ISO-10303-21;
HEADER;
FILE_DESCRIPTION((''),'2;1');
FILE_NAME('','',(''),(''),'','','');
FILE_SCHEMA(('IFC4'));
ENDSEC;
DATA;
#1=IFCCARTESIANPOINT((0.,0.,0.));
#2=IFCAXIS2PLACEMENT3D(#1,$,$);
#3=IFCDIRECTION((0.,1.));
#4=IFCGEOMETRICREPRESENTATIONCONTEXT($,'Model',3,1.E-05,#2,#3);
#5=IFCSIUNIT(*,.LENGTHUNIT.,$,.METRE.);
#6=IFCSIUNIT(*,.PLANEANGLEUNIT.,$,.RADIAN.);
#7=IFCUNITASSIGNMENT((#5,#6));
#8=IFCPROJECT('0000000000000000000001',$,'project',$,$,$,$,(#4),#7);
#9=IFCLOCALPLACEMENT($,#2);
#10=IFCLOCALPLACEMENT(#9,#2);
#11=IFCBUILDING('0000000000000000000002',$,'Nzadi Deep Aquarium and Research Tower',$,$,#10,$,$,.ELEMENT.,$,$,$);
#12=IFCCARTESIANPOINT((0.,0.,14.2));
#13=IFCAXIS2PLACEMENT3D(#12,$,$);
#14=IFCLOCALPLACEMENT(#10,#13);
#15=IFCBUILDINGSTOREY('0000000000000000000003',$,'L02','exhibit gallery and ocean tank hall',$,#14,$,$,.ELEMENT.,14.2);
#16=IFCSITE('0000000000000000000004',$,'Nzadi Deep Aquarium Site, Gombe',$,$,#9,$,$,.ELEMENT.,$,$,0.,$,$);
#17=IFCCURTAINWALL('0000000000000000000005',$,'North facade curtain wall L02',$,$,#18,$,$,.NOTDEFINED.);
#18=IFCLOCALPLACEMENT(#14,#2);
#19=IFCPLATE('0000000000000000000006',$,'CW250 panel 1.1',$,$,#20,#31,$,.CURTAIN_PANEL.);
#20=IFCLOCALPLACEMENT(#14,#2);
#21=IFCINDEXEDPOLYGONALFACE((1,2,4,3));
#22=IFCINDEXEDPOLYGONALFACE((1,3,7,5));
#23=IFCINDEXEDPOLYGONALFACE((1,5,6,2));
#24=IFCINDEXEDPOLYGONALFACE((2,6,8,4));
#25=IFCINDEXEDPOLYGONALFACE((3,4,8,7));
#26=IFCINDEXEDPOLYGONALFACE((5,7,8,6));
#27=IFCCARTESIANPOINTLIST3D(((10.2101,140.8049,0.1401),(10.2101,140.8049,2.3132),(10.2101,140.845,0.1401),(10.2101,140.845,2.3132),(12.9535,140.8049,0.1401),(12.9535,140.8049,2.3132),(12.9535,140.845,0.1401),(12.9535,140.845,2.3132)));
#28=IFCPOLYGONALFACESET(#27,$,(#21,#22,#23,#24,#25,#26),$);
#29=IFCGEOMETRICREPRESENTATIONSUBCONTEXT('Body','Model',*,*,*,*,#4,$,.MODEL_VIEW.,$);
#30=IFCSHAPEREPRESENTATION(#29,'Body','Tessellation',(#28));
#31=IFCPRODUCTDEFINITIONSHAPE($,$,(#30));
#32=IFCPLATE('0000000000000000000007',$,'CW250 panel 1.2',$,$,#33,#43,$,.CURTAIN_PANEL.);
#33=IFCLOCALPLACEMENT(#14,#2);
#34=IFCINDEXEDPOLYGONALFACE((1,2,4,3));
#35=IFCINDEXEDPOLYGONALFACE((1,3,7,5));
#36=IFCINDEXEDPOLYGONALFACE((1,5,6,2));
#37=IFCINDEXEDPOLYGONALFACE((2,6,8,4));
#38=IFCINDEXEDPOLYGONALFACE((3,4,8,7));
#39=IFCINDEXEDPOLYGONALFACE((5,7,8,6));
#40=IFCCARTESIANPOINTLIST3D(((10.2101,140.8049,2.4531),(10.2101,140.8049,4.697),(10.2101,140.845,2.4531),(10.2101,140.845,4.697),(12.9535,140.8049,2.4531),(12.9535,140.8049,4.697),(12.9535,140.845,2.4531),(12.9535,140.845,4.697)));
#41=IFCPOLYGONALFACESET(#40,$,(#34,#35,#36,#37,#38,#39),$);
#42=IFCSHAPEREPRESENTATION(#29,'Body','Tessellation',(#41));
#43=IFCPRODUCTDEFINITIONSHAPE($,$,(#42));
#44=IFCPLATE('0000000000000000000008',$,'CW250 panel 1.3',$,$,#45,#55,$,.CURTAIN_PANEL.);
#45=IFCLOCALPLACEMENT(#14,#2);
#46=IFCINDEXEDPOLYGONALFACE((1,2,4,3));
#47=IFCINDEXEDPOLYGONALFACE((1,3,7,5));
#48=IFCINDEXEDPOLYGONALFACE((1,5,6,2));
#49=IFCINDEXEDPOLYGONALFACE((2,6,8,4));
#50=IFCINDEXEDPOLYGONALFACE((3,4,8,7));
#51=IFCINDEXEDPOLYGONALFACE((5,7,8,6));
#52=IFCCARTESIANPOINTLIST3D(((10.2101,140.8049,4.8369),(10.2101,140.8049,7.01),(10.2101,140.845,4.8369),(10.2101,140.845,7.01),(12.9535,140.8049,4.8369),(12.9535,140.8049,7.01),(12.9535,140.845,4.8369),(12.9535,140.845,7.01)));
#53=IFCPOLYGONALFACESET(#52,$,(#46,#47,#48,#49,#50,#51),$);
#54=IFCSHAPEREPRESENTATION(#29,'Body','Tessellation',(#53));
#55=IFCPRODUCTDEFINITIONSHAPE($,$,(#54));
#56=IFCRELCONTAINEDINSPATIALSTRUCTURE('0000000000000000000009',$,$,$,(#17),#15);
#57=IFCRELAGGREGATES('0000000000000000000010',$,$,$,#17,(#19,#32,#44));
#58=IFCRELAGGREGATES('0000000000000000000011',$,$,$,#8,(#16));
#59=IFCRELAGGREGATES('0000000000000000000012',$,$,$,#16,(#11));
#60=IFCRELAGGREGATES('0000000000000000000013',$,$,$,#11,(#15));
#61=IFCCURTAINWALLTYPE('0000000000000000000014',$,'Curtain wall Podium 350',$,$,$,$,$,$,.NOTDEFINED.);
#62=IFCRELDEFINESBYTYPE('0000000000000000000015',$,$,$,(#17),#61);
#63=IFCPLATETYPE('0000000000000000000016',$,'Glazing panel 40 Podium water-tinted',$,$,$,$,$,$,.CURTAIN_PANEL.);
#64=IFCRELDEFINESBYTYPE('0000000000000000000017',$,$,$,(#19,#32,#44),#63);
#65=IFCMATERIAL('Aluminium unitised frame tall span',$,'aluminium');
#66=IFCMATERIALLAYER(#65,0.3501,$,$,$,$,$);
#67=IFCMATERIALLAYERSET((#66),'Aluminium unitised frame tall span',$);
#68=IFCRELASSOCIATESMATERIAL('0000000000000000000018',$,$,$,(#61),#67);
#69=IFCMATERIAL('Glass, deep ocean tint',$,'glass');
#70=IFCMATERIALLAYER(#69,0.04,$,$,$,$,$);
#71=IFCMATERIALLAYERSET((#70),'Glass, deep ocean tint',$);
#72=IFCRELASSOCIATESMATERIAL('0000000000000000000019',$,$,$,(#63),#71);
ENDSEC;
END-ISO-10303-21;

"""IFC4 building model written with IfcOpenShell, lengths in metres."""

from ifc_helpers import new_model, si_unit, direction, frame, origin, origin_2d, place, context, subcontext, project, spatial, rectangle, extrude, material, layer, layer_set, type_object, element, aggregate, save


model = new_model("IFC4")

# Units and contexts
model_context = context("Model", 3, precision=1e-05, world=origin(), true_north=direction((0.0, 1.0)))
body_context = subcontext(model_context, "Body", "Model", "MODEL_VIEW")
ifc_project = project(units=[si_unit("LENGTHUNIT", "METRE"), si_unit("PLANEANGLEUNIT", "RADIAN")], contexts=[model_context])

# Site, building, storey
site_placement = place(None, origin())
site = spatial("IfcSite", under=ifc_project, at=site_placement, Name="Nzadi Deep Aquarium Site, Gombe", CompositionType="ELEMENT", RefElevation=0.0)
building_placement = place(site_placement, origin())
building = spatial("IfcBuilding", under=site, at=building_placement, Name="Nzadi Deep Aquarium and Research Tower", CompositionType="ELEMENT")
storey_placement = place(building_placement, frame((0.0, 0.0, 14.2)))
storey = spatial("IfcBuildingStorey", under=building, at=storey_placement, Name="L02", Description="exhibit gallery and ocean tank hall", CompositionType="ELEMENT", Elevation=14.2)

# Curtain wall
ifc_material_1 = material(Name="Aluminium unitised frame tall span", Category="aluminium")
ifc_layer_1 = layer(ifc_material_1, 0.3501)
ifc_layer_set_1 = layer_set([ifc_layer_1], Name="Aluminium unitised frame tall span")
curtain_wall_type = type_object("IfcCurtainWallType", Name="Curtain wall Podium 350", PredefinedType="NOTDEFINED", material=ifc_layer_set_1)
curtain_wall_1_placement = place(storey_placement, origin())
curtain_wall_1 = element("IfcCurtainWall", 1, at=curtain_wall_1_placement, inside=storey, type_object=curtain_wall_type, Name="North facade curtain wall L02", PredefinedType="NOTDEFINED")

# Plates
ifc_material_2 = material(Name="Glass, deep ocean tint", Category="glass")
ifc_layer_2 = layer(ifc_material_2, 0.04)
ifc_layer_set_2 = layer_set([ifc_layer_2], Name="Glass, deep ocean tint")
plate_type = type_object("IfcPlateType", Name="Glazing panel 40 Podium water-tinted", PredefinedType="CURTAIN_PANEL", material=ifc_layer_set_2)
plate_1_placement = place(storey_placement, frame((11.5818, 140.825, 0.1401), z_axis=(0.0, 0.0, 1.0), x_axis=(1.0, 0.0, 0.0)))
plate_1 = element("IfcPlate", 2, at=plate_1_placement, type_object=plate_type, Name="CW250 panel 1.1", PredefinedType="CURTAIN_PANEL", context=body_context, shape_type="SweptSolid", body=[
    extrude(rectangle(XDim=2.7434, YDim=0.04, at=origin_2d()), origin(), (0.0, 0.0, 1.0), 2.1731),
])
plate_2_placement = place(storey_placement, frame((11.5818, 140.825, 2.4531), z_axis=(0.0, 0.0, 1.0), x_axis=(1.0, 0.0, 0.0)))
plate_2 = element("IfcPlate", 3, at=plate_2_placement, type_object=plate_type, Name="CW250 panel 1.2", PredefinedType="CURTAIN_PANEL", context=body_context, shape_type="SweptSolid", body=[
    extrude(rectangle(XDim=2.7434, YDim=0.04, at=origin_2d()), origin(), (0.0, 0.0, 1.0), 2.2439),
])
plate_3_placement = place(storey_placement, frame((11.5818, 140.825, 4.8369), z_axis=(0.0, 0.0, 1.0), x_axis=(1.0, 0.0, 0.0)))
plate_3 = element("IfcPlate", 4, at=plate_3_placement, type_object=plate_type, Name="CW250 panel 1.3", PredefinedType="CURTAIN_PANEL", context=body_context, shape_type="SweptSolid", body=[
    extrude(rectangle(XDim=2.7434, YDim=0.04, at=origin_2d()), origin(), (0.0, 0.0, 1.0), 2.1731),
])
aggregate(curtain_wall_1, [plate_1, plate_2, plate_3])

save(model, "model.ifc")
